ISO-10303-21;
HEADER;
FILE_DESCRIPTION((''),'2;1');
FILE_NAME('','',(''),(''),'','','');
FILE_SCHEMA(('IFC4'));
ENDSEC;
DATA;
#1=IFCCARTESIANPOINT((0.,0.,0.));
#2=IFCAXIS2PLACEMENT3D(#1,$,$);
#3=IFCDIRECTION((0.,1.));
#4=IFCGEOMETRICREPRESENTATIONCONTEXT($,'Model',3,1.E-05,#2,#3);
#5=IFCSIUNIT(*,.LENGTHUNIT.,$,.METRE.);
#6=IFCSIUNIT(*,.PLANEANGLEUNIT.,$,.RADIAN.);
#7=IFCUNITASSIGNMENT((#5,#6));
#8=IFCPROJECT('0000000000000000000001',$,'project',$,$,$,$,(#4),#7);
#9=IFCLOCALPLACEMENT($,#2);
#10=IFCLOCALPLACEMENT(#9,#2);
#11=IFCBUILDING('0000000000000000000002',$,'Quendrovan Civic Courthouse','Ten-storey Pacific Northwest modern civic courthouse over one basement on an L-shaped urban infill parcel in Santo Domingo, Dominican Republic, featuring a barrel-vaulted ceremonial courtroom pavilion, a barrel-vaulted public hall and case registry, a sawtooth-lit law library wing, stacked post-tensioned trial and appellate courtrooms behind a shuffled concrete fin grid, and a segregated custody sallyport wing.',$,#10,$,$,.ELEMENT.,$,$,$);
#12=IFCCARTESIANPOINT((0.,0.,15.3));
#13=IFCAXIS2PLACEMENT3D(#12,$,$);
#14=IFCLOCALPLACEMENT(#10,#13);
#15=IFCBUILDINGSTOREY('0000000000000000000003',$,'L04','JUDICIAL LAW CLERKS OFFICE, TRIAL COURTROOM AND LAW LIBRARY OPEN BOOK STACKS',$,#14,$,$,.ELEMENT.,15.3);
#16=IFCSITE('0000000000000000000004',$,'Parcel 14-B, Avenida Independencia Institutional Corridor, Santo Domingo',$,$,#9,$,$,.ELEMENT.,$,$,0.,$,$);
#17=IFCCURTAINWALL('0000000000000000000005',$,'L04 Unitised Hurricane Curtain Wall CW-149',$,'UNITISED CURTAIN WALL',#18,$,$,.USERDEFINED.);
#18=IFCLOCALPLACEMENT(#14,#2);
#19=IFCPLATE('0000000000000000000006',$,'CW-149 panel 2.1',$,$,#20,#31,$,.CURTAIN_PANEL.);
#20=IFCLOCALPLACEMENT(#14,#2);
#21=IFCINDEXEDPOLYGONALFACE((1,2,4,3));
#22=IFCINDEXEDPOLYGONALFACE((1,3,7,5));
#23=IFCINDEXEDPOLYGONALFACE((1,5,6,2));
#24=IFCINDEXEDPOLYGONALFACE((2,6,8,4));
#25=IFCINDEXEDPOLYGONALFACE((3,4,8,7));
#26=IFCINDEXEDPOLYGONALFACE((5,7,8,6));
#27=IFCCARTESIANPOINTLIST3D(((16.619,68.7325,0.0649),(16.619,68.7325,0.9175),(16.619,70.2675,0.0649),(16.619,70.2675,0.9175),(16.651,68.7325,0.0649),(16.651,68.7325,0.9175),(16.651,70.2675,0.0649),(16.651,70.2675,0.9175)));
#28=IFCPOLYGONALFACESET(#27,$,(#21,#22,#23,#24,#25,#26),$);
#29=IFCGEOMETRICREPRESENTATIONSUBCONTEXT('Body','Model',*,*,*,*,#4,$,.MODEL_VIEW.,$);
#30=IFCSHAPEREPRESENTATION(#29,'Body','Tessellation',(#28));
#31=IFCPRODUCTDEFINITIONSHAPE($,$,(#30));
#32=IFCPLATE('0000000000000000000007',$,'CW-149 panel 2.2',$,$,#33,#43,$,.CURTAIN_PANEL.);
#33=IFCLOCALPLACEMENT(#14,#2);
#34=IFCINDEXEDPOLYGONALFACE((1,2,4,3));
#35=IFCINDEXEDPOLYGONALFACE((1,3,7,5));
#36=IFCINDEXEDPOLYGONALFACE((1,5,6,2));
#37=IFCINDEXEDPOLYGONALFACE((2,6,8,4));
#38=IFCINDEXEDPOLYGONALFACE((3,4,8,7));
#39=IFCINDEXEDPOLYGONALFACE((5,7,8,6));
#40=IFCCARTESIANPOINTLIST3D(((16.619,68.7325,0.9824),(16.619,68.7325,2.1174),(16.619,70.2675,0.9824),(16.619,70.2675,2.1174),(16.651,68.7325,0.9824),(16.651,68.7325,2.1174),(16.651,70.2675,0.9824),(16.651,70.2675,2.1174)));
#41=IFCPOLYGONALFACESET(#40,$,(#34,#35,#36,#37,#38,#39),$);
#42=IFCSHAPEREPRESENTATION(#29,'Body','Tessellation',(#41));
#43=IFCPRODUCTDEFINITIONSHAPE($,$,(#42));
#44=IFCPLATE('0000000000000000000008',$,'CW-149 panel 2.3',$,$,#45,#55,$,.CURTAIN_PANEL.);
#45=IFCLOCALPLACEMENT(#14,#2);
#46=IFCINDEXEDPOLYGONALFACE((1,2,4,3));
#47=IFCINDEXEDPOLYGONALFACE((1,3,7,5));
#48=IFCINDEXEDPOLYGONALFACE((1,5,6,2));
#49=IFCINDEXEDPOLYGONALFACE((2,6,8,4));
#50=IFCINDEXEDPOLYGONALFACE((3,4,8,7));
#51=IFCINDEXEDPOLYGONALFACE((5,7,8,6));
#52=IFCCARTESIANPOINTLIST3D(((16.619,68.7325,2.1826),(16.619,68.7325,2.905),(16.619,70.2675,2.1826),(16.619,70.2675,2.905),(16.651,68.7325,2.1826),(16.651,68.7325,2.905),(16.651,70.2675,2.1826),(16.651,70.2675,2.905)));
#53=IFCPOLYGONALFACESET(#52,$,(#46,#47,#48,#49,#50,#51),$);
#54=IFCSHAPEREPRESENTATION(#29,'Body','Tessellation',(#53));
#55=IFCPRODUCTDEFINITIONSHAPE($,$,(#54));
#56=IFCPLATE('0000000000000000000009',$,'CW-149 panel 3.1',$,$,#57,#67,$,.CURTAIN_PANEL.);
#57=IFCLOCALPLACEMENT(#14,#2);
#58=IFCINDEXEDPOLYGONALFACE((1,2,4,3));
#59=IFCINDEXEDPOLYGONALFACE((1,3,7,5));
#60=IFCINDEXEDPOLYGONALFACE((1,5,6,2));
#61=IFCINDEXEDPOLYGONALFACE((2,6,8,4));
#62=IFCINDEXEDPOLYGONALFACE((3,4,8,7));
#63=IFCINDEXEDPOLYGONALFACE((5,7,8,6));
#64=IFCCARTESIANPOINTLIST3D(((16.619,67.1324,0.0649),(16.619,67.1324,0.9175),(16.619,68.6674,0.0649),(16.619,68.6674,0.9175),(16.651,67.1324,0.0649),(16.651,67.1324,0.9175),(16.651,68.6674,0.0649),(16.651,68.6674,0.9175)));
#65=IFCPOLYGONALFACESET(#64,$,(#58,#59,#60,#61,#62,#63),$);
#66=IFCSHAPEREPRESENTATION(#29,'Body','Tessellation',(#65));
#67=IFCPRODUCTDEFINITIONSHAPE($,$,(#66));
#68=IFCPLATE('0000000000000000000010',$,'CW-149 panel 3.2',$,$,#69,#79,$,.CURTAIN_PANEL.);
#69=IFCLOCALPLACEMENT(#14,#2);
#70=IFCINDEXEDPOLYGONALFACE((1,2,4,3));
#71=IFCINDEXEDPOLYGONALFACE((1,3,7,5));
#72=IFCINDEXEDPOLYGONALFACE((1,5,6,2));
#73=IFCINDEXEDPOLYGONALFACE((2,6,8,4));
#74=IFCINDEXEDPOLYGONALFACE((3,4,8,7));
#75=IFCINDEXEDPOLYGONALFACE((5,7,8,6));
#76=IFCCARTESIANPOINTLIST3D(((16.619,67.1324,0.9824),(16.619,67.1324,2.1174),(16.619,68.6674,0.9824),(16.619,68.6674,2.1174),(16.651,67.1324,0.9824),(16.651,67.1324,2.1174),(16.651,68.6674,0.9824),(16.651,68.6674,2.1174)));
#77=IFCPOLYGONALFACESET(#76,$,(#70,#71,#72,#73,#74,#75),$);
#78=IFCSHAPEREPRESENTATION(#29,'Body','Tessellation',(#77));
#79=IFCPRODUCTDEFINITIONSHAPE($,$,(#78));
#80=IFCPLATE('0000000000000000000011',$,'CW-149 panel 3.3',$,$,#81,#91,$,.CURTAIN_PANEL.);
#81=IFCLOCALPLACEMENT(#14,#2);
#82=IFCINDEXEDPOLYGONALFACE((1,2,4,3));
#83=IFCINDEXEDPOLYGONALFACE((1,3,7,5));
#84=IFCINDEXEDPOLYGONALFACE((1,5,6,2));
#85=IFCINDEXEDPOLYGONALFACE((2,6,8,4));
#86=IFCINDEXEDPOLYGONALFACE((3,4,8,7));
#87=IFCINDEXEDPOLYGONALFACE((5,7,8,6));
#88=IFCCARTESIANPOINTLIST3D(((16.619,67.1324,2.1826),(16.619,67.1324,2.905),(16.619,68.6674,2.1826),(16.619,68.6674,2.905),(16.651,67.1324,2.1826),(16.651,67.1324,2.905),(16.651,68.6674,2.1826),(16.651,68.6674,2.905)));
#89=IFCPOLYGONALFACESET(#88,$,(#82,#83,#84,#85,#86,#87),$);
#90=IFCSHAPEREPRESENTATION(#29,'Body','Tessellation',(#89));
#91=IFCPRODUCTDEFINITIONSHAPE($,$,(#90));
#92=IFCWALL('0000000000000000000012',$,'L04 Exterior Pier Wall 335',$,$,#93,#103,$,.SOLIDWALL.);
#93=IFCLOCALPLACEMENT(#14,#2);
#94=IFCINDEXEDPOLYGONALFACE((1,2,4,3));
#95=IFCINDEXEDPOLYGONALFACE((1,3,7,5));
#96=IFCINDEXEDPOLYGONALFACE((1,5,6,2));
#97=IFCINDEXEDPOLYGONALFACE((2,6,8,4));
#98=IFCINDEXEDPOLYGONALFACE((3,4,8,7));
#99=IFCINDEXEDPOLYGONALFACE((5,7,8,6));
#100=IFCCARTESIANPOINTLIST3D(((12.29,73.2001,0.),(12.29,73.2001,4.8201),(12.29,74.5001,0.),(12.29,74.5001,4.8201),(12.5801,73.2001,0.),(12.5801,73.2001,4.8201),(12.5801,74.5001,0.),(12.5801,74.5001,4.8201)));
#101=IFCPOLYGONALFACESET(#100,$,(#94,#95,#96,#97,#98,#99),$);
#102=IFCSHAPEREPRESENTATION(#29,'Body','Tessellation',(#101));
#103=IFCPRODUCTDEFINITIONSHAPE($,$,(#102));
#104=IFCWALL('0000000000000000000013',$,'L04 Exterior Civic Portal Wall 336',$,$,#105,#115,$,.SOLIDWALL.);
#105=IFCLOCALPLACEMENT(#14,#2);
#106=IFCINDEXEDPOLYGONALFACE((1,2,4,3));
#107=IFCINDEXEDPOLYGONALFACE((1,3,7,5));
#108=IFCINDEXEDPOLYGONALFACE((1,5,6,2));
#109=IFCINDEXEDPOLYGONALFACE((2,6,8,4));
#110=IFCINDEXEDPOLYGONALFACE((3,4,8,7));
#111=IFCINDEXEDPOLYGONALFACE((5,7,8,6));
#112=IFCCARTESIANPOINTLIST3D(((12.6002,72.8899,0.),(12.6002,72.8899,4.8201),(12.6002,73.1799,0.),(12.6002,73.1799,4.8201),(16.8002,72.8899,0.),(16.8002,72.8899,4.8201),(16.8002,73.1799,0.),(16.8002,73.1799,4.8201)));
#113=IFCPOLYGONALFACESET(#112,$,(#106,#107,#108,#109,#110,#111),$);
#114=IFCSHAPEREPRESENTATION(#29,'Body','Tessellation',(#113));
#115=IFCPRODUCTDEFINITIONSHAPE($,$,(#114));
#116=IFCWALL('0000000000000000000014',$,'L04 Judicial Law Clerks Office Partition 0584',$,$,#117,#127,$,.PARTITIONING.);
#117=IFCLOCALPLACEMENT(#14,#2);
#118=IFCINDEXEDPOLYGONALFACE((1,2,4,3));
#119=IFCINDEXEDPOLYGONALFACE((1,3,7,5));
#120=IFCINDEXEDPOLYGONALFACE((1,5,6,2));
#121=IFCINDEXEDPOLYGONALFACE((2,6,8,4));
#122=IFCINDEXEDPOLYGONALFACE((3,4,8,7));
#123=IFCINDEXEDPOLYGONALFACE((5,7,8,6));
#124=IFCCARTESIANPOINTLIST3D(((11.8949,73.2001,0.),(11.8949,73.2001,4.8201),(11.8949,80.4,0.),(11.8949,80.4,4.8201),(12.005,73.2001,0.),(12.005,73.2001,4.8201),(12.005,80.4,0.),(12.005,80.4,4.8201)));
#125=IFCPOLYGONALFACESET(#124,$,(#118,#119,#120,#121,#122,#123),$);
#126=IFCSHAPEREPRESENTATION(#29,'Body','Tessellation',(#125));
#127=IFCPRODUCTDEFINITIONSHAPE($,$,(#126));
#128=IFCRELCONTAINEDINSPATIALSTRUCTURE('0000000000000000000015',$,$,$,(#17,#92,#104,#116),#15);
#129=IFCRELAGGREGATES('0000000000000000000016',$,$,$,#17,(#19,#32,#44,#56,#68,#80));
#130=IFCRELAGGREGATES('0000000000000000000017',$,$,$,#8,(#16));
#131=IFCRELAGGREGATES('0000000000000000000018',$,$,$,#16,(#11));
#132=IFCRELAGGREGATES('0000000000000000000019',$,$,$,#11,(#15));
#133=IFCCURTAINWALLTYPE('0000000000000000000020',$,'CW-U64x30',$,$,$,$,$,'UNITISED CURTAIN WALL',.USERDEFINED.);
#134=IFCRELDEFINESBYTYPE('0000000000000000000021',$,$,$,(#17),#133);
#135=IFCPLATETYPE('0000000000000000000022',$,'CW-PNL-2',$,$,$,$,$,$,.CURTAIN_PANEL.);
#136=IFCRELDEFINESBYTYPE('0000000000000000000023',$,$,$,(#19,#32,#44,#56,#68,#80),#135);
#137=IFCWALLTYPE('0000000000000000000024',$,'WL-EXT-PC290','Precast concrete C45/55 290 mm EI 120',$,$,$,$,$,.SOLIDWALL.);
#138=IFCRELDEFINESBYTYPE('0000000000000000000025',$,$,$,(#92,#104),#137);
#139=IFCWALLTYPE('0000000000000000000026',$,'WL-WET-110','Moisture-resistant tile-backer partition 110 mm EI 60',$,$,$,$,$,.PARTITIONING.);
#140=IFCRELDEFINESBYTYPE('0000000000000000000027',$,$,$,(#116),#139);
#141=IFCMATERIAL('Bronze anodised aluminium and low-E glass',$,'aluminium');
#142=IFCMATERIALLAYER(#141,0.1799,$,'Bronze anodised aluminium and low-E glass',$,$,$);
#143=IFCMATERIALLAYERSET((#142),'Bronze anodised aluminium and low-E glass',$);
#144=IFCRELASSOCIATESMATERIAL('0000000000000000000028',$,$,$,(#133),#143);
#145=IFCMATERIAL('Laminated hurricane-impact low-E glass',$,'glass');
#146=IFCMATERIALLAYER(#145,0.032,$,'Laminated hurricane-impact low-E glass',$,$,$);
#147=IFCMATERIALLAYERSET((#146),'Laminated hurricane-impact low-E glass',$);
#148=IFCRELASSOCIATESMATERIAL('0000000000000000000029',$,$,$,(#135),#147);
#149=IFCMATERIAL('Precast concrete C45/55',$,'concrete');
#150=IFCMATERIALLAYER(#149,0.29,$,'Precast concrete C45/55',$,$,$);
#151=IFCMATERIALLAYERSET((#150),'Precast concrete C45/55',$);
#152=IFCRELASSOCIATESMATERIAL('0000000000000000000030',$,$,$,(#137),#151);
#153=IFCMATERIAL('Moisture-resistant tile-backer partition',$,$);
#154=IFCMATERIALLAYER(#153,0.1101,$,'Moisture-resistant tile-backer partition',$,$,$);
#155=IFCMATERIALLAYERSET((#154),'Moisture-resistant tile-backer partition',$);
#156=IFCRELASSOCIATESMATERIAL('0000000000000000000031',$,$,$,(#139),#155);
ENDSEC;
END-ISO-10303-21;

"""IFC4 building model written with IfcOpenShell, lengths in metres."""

from ifc_helpers import new_model, si_unit, direction, frame, frame_2d, origin, origin_2d, place, context, subcontext, project, spatial, rectangle, extrude, material, layer, layer_set, type_object, element, aggregate, save


model = new_model("IFC4")

# Units and contexts
model_context = context("Model", 3, precision=1e-05, world=origin(), true_north=direction((0.0, 1.0)))
body_context = subcontext(model_context, "Body", "Model", "MODEL_VIEW")
ifc_project = project(units=[si_unit("LENGTHUNIT", "METRE"), si_unit("PLANEANGLEUNIT", "RADIAN")], contexts=[model_context])

# Site, building, storey
site_placement = place(None, origin())
site = spatial("IfcSite", under=ifc_project, at=site_placement, Name="Parcel 14-B, Avenida Independencia Institutional Corridor, Santo Domingo", CompositionType="ELEMENT", RefElevation=0.0)
building_placement = place(site_placement, origin())
building = spatial("IfcBuilding", under=site, at=building_placement, Name="Quendrovan Civic Courthouse", Description="Ten-storey Pacific Northwest modern civic courthouse over one basement on an L-shaped urban infill parcel in Santo Domingo, Dominican Republic, featuring a barrel-vaulted ceremonial courtroom pavilion, a barrel-vaulted public hall and case registry, a sawtooth-lit law library wing, stacked post-tensioned trial and appellate courtrooms behind a shuffled concrete fin grid, and a segregated custody sallyport wing.", CompositionType="ELEMENT")
storey_placement = place(building_placement, frame((0.0, 0.0, 15.3)))
storey = spatial("IfcBuildingStorey", under=building, at=storey_placement, Name="L04", Description="JUDICIAL LAW CLERKS OFFICE, TRIAL COURTROOM AND LAW LIBRARY OPEN BOOK STACKS", CompositionType="ELEMENT", Elevation=15.3)

# Shared definitions
ifc_material_1 = material(Name="Bronze anodised aluminium and low-E glass", Category="aluminium")

# Curtain wall
ifc_layer_1 = layer(ifc_material_1, 0.1799, Name="Bronze anodised aluminium and low-E glass")
ifc_layer_set_1 = layer_set([ifc_layer_1], Name="Bronze anodised aluminium and low-E glass")
curtain_wall_type_1 = type_object("IfcCurtainWallType", Name="CW-U64x30", ElementType="UNITISED CURTAIN WALL", PredefinedType="USERDEFINED", material=ifc_layer_set_1)
curtain_wall_1_placement = place(storey_placement, origin())
curtain_wall_1 = element("IfcCurtainWall", 1, at=curtain_wall_1_placement, inside=storey, type_object=curtain_wall_type_1, Name="L04 Unitised Hurricane Curtain Wall CW-149", ObjectType="UNITISED CURTAIN WALL", PredefinedType="USERDEFINED")

# Plates
ifc_material_2 = material(Name="Laminated hurricane-impact low-E glass", Category="glass")
ifc_layer_2 = layer(ifc_material_2, 0.032, Name="Laminated hurricane-impact low-E glass")
ifc_layer_set_2 = layer_set([ifc_layer_2], Name="Laminated hurricane-impact low-E glass")
plate_type_1 = type_object("IfcPlateType", Name="CW-PNL-2", PredefinedType="CURTAIN_PANEL", material=ifc_layer_set_2)
plate_1_placement = place(storey_placement, frame((16.635, 69.5, 0.0649), z_axis=(0.0, 0.0, 1.0), x_axis=(0.0, -1.0, 0.0)))
plate_1 = element("IfcPlate", 2, at=plate_1_placement, type_object=plate_type_1, Name="CW-149 panel 2.1", PredefinedType="CURTAIN_PANEL", context=body_context, shape_type="SweptSolid", body=[
    extrude(rectangle(XDim=1.5349, YDim=0.032, at=origin_2d()), origin(), (0.0, 0.0, 1.0), 0.8525),
])
plate_2_placement = place(storey_placement, frame((16.635, 69.5, 0.9824), z_axis=(0.0, 0.0, 1.0), x_axis=(0.0, -1.0, 0.0)))
plate_2 = element("IfcPlate", 3, at=plate_2_placement, type_object=plate_type_1, Name="CW-149 panel 2.2", PredefinedType="CURTAIN_PANEL", context=body_context, shape_type="SweptSolid", body=[
    extrude(rectangle(XDim=1.5349, YDim=0.032, at=origin_2d()), origin(), (0.0, 0.0, 1.0), 1.135),
])
plate_3_placement = place(storey_placement, frame((16.635, 69.5, 2.1826), z_axis=(0.0, 0.0, 1.0), x_axis=(0.0, -1.0, 0.0)))
plate_3 = element("IfcPlate", 4, at=plate_3_placement, type_object=plate_type_1, Name="CW-149 panel 2.3", PredefinedType="CURTAIN_PANEL", context=body_context, shape_type="SweptSolid", body=[
    extrude(rectangle(XDim=1.5349, YDim=0.032, at=origin_2d()), origin(), (0.0, 0.0, 1.0), 0.7224),
])
plate_4_placement = place(storey_placement, frame((16.635, 67.8999, 0.0649), z_axis=(0.0, 0.0, 1.0), x_axis=(0.0, -1.0, 0.0)))
plate_4 = element("IfcPlate", 5, at=plate_4_placement, type_object=plate_type_1, Name="CW-149 panel 3.1", PredefinedType="CURTAIN_PANEL", context=body_context, shape_type="SweptSolid", body=[
    extrude(rectangle(XDim=1.5349, YDim=0.032, at=origin_2d()), origin(), (0.0, 0.0, 1.0), 0.8525),
])
plate_5_placement = place(storey_placement, frame((16.635, 67.8999, 0.9824), z_axis=(0.0, 0.0, 1.0), x_axis=(0.0, -1.0, 0.0)))
plate_5 = element("IfcPlate", 6, at=plate_5_placement, type_object=plate_type_1, Name="CW-149 panel 3.2", PredefinedType="CURTAIN_PANEL", context=body_context, shape_type="SweptSolid", body=[
    extrude(rectangle(XDim=1.5349, YDim=0.032, at=origin_2d()), origin(), (0.0, 0.0, 1.0), 1.135),
])
plate_6_placement = place(storey_placement, frame((16.635, 67.8999, 2.1826), z_axis=(0.0, 0.0, 1.0), x_axis=(0.0, -1.0, 0.0)))
plate_6 = element("IfcPlate", 7, at=plate_6_placement, type_object=plate_type_1, Name="CW-149 panel 3.3", PredefinedType="CURTAIN_PANEL", context=body_context, shape_type="SweptSolid", body=[
    extrude(rectangle(XDim=1.5349, YDim=0.032, at=origin_2d()), origin(), (0.0, 0.0, 1.0), 0.7224),
])
aggregate(curtain_wall_1, [plate_1, plate_2, plate_3, plate_4, plate_5, plate_6])

# Walls
ifc_material_3 = material(Name="Precast concrete C45/55", Category="concrete")
ifc_layer_3 = layer(ifc_material_3, 0.29, Name="Precast concrete C45/55")
ifc_layer_set_3 = layer_set([ifc_layer_3], Name="Precast concrete C45/55")
wall_type_1 = type_object("IfcWallType", Name="WL-EXT-PC290", Description="Precast concrete C45/55 290 mm EI 120", PredefinedType="SOLIDWALL", material=ifc_layer_set_3)
wall_1_placement = place(storey_placement, frame((12.4351, 74.5, 0.0), z_axis=(0.0, 0.0, 1.0), x_axis=(0.0, -1.0, 0.0)))
element("IfcWall", 8, at=wall_1_placement, inside=storey, type_object=wall_type_1, Name="L04 Exterior Pier Wall 335", PredefinedType="SOLIDWALL", context=body_context, shape_type="SweptSolid", body=[
    extrude(rectangle(XDim=1.3, YDim=0.29, at=frame_2d((0.6499, 0.0))), origin(), (0.0, 0.0, 1.0), 4.8201),
])
wall_2_placement = place(storey_placement, frame((12.6001, 73.0349, 0.0), z_axis=(0.0, 0.0, 1.0), x_axis=(1.0, 0.0, 0.0)))
element("IfcWall", 9, at=wall_2_placement, inside=storey, type_object=wall_type_1, Name="L04 Exterior Civic Portal Wall 336", PredefinedType="SOLIDWALL", context=body_context, shape_type="SweptSolid", body=[
    extrude(rectangle(XDim=4.2, YDim=0.29, at=frame_2d((2.1001, 0.0))), origin(), (0.0, 0.0, 1.0), 4.8201),
])
ifc_material_4 = material(Name="Moisture-resistant tile-backer partition")
ifc_layer_4 = layer(ifc_material_4, 0.1101, Name="Moisture-resistant tile-backer partition")
ifc_layer_set_4 = layer_set([ifc_layer_4], Name="Moisture-resistant tile-backer partition")
wall_type_2 = type_object("IfcWallType", Name="WL-WET-110", Description="Moisture-resistant tile-backer partition 110 mm EI 60", PredefinedType="PARTITIONING", material=ifc_layer_set_4)
wall_3_placement = place(storey_placement, frame((11.95, 73.2, 0.0), z_axis=(0.0, 0.0, 1.0), x_axis=(0.0, 1.0, 0.0)))
element("IfcWall", 10, at=wall_3_placement, inside=storey, type_object=wall_type_2, Name="L04 Judicial Law Clerks Office Partition 0584", PredefinedType="PARTITIONING", context=body_context, shape_type="SweptSolid", body=[
    extrude(rectangle(XDim=7.2, YDim=0.1101, at=frame_2d((3.6001, 0.0))), origin(), (0.0, 0.0, 1.0), 4.8201),
])

save(model, "model.ifc")
